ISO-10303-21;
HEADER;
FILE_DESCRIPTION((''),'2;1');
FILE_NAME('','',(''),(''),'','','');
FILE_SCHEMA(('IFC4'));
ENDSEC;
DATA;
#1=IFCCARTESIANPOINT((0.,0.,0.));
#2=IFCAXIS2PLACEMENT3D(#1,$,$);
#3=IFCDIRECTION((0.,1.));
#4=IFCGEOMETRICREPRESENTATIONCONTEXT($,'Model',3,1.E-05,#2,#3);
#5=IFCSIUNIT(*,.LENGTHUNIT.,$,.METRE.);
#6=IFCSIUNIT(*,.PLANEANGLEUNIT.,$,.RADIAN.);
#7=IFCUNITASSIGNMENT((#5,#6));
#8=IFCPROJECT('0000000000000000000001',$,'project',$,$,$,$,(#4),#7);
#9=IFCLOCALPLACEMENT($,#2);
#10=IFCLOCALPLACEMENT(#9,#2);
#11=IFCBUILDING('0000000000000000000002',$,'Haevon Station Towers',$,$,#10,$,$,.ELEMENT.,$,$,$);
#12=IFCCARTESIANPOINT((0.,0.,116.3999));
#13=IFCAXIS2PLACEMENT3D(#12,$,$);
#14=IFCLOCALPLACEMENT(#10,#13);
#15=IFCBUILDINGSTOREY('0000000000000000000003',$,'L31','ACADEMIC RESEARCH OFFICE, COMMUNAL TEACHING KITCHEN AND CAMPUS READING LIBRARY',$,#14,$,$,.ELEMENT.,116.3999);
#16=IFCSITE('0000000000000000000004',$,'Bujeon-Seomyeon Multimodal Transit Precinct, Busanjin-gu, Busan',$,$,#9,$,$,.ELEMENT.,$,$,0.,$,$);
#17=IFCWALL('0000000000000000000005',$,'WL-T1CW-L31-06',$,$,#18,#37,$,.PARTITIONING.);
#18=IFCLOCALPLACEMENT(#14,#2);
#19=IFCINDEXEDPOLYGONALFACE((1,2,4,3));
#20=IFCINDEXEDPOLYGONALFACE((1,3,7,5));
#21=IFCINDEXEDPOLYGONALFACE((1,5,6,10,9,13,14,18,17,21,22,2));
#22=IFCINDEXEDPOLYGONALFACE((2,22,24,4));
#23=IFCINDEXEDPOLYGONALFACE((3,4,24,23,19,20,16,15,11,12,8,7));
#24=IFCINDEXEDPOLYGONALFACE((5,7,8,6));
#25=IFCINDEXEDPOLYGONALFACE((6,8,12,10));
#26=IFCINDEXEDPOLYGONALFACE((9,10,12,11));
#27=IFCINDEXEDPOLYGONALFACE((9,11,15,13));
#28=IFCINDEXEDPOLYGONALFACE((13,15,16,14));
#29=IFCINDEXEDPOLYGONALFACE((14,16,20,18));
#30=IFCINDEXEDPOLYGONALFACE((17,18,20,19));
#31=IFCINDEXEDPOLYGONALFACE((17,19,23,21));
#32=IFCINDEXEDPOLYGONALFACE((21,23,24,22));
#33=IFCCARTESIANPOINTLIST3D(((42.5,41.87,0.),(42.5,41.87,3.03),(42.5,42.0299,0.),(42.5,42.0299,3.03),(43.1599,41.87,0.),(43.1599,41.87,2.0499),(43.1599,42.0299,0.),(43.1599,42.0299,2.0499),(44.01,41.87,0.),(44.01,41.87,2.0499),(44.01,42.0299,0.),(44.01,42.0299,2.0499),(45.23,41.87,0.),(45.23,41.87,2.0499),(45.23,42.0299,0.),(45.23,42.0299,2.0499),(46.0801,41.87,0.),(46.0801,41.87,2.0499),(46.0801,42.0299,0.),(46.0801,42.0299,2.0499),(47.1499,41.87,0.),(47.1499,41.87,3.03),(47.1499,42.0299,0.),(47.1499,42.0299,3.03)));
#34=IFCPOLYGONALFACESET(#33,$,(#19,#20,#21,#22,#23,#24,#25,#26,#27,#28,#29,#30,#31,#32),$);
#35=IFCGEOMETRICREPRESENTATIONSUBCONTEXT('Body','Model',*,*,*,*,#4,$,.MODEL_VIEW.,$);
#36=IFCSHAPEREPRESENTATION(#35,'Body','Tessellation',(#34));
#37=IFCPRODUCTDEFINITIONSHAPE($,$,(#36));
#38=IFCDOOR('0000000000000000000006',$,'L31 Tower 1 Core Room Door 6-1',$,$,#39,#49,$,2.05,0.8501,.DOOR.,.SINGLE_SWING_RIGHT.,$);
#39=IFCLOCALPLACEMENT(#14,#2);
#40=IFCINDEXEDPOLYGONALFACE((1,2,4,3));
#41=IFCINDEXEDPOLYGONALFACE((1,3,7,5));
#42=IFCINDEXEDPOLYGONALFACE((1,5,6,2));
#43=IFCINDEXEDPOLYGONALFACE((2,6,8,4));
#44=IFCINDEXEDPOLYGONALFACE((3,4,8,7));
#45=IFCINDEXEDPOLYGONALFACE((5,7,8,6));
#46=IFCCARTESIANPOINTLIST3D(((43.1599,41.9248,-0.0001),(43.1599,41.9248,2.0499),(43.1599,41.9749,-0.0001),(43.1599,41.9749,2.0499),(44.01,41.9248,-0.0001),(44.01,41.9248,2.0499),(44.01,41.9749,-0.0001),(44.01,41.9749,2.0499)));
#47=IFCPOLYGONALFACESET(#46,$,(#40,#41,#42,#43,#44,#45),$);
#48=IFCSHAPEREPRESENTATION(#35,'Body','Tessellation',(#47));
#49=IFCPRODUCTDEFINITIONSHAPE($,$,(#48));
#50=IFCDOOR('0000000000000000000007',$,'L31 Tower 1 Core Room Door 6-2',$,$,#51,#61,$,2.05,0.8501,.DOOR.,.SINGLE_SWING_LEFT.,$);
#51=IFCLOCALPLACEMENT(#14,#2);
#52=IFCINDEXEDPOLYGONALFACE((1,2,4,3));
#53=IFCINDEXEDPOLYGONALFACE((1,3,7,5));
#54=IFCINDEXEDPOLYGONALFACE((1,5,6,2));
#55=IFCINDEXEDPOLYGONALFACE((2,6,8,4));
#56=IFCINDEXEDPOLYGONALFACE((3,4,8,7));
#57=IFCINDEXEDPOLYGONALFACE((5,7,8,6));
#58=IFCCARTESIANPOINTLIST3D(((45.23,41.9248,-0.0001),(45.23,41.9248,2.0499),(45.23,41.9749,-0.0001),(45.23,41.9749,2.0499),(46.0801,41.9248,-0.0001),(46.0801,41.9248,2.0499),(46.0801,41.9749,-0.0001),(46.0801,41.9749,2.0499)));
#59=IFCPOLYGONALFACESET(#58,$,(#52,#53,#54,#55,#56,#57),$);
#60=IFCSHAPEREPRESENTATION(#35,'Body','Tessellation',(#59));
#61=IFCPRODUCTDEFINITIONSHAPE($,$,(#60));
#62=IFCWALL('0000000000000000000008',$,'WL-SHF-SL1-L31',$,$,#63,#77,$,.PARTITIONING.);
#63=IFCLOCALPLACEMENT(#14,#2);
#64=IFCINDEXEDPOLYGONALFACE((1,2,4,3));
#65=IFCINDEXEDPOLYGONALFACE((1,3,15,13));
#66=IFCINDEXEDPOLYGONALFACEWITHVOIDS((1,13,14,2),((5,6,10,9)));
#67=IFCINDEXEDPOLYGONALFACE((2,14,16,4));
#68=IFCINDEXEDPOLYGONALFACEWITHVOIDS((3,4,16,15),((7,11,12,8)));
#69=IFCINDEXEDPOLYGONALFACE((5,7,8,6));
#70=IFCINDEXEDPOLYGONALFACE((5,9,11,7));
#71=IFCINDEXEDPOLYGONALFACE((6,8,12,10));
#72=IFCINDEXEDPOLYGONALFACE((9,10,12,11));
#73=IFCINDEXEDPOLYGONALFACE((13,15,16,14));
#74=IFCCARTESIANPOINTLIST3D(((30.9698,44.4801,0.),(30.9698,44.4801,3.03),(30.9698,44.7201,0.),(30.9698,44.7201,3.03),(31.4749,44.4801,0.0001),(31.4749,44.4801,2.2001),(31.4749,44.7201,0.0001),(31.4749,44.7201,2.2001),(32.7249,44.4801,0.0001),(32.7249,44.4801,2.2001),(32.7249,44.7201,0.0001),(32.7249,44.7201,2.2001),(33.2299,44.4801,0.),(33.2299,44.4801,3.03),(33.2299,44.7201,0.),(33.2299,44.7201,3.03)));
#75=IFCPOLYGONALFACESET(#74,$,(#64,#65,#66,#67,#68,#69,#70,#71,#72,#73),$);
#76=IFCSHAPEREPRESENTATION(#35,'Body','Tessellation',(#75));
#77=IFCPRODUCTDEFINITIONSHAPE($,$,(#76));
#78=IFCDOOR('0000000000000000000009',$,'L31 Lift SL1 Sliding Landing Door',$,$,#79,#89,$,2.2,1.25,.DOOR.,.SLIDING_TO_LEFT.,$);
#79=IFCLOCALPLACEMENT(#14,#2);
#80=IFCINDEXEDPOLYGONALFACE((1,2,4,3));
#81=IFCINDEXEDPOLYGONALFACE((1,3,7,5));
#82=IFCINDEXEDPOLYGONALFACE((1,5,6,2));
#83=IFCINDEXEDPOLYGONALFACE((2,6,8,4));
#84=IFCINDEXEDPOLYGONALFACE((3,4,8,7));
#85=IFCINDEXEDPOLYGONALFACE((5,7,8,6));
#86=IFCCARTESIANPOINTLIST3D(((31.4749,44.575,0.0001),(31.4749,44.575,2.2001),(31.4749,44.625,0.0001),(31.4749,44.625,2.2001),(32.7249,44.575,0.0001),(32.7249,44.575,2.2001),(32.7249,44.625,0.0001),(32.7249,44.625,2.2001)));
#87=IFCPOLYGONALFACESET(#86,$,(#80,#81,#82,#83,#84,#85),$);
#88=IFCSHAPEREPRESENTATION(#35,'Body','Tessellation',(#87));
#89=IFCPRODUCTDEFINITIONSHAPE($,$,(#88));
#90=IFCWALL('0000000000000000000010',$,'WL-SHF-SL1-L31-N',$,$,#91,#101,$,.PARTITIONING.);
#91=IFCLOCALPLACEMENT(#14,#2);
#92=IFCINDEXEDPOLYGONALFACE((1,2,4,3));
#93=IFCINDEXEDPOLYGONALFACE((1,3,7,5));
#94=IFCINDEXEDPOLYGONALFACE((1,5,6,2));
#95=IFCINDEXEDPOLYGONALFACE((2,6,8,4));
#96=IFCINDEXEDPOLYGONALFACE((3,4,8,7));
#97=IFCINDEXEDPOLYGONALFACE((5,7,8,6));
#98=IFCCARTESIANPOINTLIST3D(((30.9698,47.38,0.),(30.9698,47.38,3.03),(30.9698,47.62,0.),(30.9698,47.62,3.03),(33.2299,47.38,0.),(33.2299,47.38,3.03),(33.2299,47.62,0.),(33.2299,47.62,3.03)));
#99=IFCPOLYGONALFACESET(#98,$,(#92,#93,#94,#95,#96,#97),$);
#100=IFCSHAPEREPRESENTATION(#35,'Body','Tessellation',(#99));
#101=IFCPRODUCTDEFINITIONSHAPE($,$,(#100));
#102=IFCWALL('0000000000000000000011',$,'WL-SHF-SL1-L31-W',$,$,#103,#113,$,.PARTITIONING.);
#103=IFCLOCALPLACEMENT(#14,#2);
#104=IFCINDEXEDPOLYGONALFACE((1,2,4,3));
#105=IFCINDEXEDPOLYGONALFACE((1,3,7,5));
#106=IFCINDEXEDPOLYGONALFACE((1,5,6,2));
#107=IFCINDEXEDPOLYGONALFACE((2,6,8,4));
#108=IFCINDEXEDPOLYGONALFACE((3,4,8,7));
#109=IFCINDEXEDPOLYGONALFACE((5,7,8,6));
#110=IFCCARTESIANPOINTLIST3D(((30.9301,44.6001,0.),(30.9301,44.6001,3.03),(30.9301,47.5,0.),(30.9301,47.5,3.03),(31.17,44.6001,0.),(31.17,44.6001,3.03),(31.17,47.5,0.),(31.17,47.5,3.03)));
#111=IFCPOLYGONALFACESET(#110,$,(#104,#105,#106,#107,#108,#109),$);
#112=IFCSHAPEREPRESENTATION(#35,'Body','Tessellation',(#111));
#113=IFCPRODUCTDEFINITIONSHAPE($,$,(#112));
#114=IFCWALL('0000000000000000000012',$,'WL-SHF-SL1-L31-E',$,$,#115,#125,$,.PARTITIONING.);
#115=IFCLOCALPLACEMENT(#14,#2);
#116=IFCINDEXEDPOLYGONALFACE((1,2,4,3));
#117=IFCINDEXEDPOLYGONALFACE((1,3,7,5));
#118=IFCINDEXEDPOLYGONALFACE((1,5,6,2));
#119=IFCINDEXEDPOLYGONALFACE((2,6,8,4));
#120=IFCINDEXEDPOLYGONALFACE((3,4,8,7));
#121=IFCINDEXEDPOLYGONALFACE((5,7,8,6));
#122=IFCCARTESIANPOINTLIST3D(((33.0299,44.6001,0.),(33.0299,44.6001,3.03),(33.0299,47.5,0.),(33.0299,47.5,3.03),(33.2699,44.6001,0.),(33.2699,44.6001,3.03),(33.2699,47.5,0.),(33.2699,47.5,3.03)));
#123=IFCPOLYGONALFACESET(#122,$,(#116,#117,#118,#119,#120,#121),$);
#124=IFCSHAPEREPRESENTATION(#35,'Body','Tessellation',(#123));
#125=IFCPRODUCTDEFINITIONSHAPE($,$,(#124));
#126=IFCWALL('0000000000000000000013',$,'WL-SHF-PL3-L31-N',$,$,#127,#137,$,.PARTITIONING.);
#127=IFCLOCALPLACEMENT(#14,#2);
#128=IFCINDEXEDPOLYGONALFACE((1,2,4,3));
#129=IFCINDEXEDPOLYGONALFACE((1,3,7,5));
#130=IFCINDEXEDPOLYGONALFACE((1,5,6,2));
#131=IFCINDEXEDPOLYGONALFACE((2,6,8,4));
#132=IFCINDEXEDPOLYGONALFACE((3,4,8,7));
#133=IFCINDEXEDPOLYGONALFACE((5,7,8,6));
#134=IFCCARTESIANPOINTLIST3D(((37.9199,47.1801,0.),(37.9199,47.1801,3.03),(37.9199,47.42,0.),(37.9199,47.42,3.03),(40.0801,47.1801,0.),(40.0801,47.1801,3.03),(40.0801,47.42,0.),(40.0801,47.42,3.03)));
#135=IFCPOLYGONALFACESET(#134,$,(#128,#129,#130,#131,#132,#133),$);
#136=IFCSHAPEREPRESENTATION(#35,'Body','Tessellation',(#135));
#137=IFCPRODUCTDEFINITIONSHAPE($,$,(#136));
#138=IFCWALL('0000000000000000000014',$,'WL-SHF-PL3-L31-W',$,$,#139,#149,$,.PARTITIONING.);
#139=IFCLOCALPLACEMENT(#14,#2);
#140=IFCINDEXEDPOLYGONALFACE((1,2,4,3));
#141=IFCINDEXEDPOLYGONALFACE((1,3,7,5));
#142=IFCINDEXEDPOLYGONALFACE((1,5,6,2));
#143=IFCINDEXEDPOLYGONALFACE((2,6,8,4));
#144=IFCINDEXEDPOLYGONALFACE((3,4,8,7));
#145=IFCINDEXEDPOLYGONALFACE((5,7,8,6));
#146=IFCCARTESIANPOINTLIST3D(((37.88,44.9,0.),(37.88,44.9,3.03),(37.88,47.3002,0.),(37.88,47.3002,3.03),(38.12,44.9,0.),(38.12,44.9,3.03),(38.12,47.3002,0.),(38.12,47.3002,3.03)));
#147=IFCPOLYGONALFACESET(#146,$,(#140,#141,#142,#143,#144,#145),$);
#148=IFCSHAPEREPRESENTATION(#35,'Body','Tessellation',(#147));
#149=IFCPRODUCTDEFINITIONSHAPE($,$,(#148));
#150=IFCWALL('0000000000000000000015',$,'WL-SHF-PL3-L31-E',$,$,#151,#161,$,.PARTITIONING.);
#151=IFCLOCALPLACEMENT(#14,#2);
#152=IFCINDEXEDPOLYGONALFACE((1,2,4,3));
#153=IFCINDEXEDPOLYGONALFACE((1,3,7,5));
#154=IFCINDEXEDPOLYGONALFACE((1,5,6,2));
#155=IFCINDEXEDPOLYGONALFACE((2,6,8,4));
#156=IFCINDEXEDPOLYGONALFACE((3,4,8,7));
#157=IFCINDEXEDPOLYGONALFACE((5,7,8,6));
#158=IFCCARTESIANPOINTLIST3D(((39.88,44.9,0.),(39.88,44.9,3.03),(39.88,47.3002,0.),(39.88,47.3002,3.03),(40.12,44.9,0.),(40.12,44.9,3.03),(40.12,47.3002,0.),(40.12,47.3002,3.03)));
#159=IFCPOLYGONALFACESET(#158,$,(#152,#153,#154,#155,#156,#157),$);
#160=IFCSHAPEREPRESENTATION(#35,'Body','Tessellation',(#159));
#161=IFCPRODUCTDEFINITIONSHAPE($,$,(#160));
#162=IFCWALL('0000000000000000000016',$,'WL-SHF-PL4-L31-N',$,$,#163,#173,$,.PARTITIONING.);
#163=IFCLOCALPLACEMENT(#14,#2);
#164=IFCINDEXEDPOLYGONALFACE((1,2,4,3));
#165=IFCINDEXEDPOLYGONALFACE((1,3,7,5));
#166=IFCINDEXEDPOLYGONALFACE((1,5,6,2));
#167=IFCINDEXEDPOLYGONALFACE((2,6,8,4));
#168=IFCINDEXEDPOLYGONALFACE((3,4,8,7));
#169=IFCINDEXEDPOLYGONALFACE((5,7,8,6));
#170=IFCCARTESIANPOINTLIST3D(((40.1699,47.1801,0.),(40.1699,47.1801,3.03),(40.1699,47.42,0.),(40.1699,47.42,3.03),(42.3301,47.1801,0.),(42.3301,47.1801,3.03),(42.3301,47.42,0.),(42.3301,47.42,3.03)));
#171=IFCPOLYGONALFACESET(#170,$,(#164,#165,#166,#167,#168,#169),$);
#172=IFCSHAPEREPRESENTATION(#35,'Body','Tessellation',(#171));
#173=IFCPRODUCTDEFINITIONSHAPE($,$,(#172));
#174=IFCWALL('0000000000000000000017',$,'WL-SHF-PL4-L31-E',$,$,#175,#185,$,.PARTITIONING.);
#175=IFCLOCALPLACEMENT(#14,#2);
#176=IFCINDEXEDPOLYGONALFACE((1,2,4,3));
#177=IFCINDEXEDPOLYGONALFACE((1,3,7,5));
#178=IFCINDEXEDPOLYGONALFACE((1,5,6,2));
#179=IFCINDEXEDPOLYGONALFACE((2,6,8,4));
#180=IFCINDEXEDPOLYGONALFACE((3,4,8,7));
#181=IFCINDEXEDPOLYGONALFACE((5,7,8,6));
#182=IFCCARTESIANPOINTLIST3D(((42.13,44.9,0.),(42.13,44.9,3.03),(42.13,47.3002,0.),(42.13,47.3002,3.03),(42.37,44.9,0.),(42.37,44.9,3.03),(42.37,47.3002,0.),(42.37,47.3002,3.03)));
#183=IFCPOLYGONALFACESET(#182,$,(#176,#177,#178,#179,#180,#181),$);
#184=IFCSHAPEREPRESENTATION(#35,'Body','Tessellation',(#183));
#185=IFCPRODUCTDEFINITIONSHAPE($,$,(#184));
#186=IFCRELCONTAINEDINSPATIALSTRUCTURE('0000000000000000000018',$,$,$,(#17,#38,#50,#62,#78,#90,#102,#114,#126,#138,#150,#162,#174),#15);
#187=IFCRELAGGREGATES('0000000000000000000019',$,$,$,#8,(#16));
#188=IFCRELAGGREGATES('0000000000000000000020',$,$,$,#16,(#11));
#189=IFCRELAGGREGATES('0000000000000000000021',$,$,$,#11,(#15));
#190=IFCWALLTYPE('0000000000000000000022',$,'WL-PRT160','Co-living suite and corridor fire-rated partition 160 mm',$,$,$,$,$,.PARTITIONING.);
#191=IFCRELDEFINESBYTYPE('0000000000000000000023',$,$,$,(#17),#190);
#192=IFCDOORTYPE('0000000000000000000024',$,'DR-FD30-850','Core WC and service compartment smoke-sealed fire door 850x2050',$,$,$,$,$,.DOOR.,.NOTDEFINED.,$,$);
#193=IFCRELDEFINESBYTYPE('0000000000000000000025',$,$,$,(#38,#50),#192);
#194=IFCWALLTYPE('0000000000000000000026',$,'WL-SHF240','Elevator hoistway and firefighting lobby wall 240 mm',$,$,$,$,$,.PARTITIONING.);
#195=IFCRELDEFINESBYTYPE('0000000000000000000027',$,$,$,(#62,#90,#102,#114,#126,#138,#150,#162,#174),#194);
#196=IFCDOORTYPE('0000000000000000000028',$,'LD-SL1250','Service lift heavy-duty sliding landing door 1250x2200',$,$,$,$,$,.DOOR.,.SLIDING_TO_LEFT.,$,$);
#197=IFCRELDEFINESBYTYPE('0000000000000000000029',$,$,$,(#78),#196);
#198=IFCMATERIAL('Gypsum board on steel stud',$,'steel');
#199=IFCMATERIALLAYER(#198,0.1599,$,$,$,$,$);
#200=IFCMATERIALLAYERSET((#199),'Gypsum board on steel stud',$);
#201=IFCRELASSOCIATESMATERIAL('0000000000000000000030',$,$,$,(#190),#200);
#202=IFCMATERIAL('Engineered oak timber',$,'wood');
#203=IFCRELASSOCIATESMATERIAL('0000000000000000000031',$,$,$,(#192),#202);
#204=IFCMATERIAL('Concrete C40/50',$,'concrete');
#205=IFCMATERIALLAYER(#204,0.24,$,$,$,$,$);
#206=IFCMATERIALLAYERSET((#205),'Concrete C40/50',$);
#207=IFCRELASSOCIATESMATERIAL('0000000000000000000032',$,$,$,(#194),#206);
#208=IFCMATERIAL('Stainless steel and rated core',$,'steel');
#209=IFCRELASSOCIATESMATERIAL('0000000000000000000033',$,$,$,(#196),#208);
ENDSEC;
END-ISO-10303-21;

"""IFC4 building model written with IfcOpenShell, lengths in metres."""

from ifc_helpers import new_model, si_unit, direction, frame, frame_2d, origin, place, context, subcontext, project, spatial, rectangle, extrude, material, layer, layer_set, type_object, element, fill, save


model = new_model("IFC4")

# Units and contexts
model_context = context("Model", 3, precision=1e-05, world=origin(), true_north=direction((0.0, 1.0)))
body_context = subcontext(model_context, "Body", "Model", "MODEL_VIEW")
ifc_project = project(units=[si_unit("LENGTHUNIT", "METRE"), si_unit("PLANEANGLEUNIT", "RADIAN")], contexts=[model_context])

# Site, building, storey
site_placement = place(None, origin())
site = spatial("IfcSite", under=ifc_project, at=site_placement, Name="Bujeon-Seomyeon Multimodal Transit Precinct, Busanjin-gu, Busan", CompositionType="ELEMENT", RefElevation=0.0)
building_placement = place(site_placement, origin())
building = spatial("IfcBuilding", under=site, at=building_placement, Name="Haevon Station Towers", CompositionType="ELEMENT")
storey_placement = place(building_placement, frame((0.0, 0.0, 116.3999)))
storey = spatial("IfcBuildingStorey", under=building, at=storey_placement, Name="L31", Description="ACADEMIC RESEARCH OFFICE, COMMUNAL TEACHING KITCHEN AND CAMPUS READING LIBRARY", CompositionType="ELEMENT", Elevation=116.3999)

# Shared definitions
ifc_material_1 = material(Name="Gypsum board on steel stud", Category="steel")
ifc_layer_1 = layer(ifc_material_1, 0.1599)
ifc_layer_set_1 = layer_set([ifc_layer_1], Name="Gypsum board on steel stud")
wall_type_1 = type_object("IfcWallType", Name="WL-PRT160", Description="Co-living suite and corridor fire-rated partition 160 mm", PredefinedType="PARTITIONING", material=ifc_layer_set_1)
ifc_material_2 = material(Name="Engineered oak timber", Category="wood")

# Wall, openings, doors
wall_1_placement = place(storey_placement, frame((42.5, 41.95, 0.0), z_axis=(0.0, 0.0, 1.0), x_axis=(1.0, 0.0, 0.0)))
wall_1 = element("IfcWall", 1, at=wall_1_placement, inside=storey, type_object=wall_type_1, Name="WL-T1CW-L31-06", PredefinedType="PARTITIONING", context=body_context, shape_type="SweptSolid", body=[
    extrude(rectangle(XDim=4.6499, YDim=0.1599, at=frame_2d((2.325, 0.0))), origin(), (0.0, 0.0, 1.0), 3.03),
])
opening_1_placement = place(wall_1_placement, frame((0.6599, 0.0, 0.0)))
opening_1 = element("IfcOpeningElement", 2, at=opening_1_placement, cuts=wall_1, PredefinedType="OPENING", context=body_context, shape_type="SweptSolid", body=[
    extrude(rectangle(XDim=0.8501, YDim=2.05, at=frame_2d((0.425, 1.0249))), frame((0.0, 0.0898, 0.0), z_axis=(0.0, -1.0, 0.0), x_axis=(1.0, 0.0, 0.0)), (0.0, 0.0, 1.0), 0.1799),
])
opening_2_placement = place(wall_1_placement, frame((2.73, 0.0, 0.0)))
opening_2 = element("IfcOpeningElement", 3, at=opening_2_placement, cuts=wall_1, PredefinedType="OPENING", context=body_context, shape_type="SweptSolid", body=[
    extrude(rectangle(XDim=0.8501, YDim=2.05, at=frame_2d((0.425, 1.0249))), frame((0.0, 0.0898, 0.0), z_axis=(0.0, -1.0, 0.0), x_axis=(1.0, 0.0, 0.0)), (0.0, 0.0, 1.0), 0.1799),
])
door_type_1 = type_object("IfcDoorType", Name="DR-FD30-850", Description="Core WC and service compartment smoke-sealed fire door 850x2050", OperationType="NOTDEFINED", PredefinedType="DOOR", material=ifc_material_2)
door_1_placement = place(opening_1_placement, origin())
door_1 = element("IfcDoor", 4, at=door_1_placement, inside=storey, type_object=door_type_1, Name="L31 Tower 1 Core Room Door 6-1", OperationType="SINGLE_SWING_RIGHT", OverallHeight=2.05, OverallWidth=0.8501, PredefinedType="DOOR", context=body_context, shape_type="SweptSolid", body=[
    extrude(rectangle(XDim=0.8501, YDim=2.05, at=frame_2d((0.425, 1.0249))), frame((0.0, 0.0249, 0.0), z_axis=(0.0, -1.0, 0.0), x_axis=(1.0, 0.0, 0.0)), (0.0, 0.0, 1.0), 0.05),
])
fill(opening_1, door_1)
door_2_placement = place(opening_2_placement, origin())
door_2 = element("IfcDoor", 5, at=door_2_placement, inside=storey, type_object=door_type_1, Name="L31 Tower 1 Core Room Door 6-2", OperationType="SINGLE_SWING_LEFT", OverallHeight=2.05, OverallWidth=0.8501, PredefinedType="DOOR", context=body_context, shape_type="SweptSolid", body=[
    extrude(rectangle(XDim=0.8501, YDim=2.05, at=frame_2d((0.425, 1.0249))), frame((0.0, 0.0249, 0.0), z_axis=(0.0, -1.0, 0.0), x_axis=(1.0, 0.0, 0.0)), (0.0, 0.0, 1.0), 0.05),
])
fill(opening_2, door_2)

# Wall, opening, door
ifc_material_3 = material(Name="Concrete C40/50", Category="concrete")
ifc_layer_2 = layer(ifc_material_3, 0.24)
ifc_layer_set_2 = layer_set([ifc_layer_2], Name="Concrete C40/50")
wall_type_2 = type_object("IfcWallType", Name="WL-SHF240", Description="Elevator hoistway and firefighting lobby wall 240 mm", PredefinedType="PARTITIONING", material=ifc_layer_set_2)
wall_2_placement = place(storey_placement, frame((30.97, 44.6001, 0.0), z_axis=(0.0, 0.0, 1.0), x_axis=(1.0, 0.0, 0.0)))
wall_2 = element("IfcWall", 6, at=wall_2_placement, inside=storey, type_object=wall_type_2, Name="WL-SHF-SL1-L31", PredefinedType="PARTITIONING", context=body_context, shape_type="SweptSolid", body=[
    extrude(rectangle(XDim=2.26, YDim=0.24, at=frame_2d((1.1299, 0.0))), origin(), (0.0, 0.0, 1.0), 3.03),
])
opening_3_placement = place(wall_2_placement, frame((0.5049, 0.0, 0.0)))
opening_3 = element("IfcOpeningElement", 7, at=opening_3_placement, cuts=wall_2, PredefinedType="OPENING", context=body_context, shape_type="SweptSolid", body=[
    extrude(rectangle(XDim=1.25, YDim=2.2, at=frame_2d((0.625, 1.1001))), frame((0.0, 0.1299, 0.0), z_axis=(0.0, -1.0, 0.0), x_axis=(1.0, 0.0, 0.0)), (0.0, 0.0, 1.0), 0.26),
])
ifc_material_4 = material(Name="Stainless steel and rated core", Category="steel")
door_type_2 = type_object("IfcDoorType", Name="LD-SL1250", Description="Service lift heavy-duty sliding landing door 1250x2200", OperationType="SLIDING_TO_LEFT", PredefinedType="DOOR", material=ifc_material_4)
door_3_placement = place(opening_3_placement, origin())
door_3 = element("IfcDoor", 8, at=door_3_placement, inside=storey, type_object=door_type_2, Name="L31 Lift SL1 Sliding Landing Door", OperationType="SLIDING_TO_LEFT", OverallHeight=2.2, OverallWidth=1.25, PredefinedType="DOOR", context=body_context, shape_type="SweptSolid", body=[
    extrude(rectangle(XDim=1.25, YDim=2.2, at=frame_2d((0.625, 1.1001))), frame((0.0, 0.0249, 0.0), z_axis=(0.0, -1.0, 0.0), x_axis=(1.0, 0.0, 0.0)), (0.0, 0.0, 1.0), 0.05),
])
fill(opening_3, door_3)

# Walls
wall_3_placement = place(storey_placement, frame((30.97, 47.5, 0.0), z_axis=(0.0, 0.0, 1.0), x_axis=(1.0, 0.0, 0.0)))
element("IfcWall", 9, at=wall_3_placement, inside=storey, type_object=wall_type_2, Name="WL-SHF-SL1-L31-N", PredefinedType="PARTITIONING", context=body_context, shape_type="SweptSolid", body=[
    extrude(rectangle(XDim=2.26, YDim=0.24, at=frame_2d((1.1299, 0.0))), origin(), (0.0, 0.0, 1.0), 3.03),
])
for number, where, z_axis, x_axis, name in (
    (10, (31.05, 44.6001, 0.0), (0.0, 0.0, 1.0), (0.0, 1.0, 0.0), "WL-SHF-SL1-L31-W"),
    (11, (33.1499, 44.6001, 0.0), (0.0, 0.0, 1.0), (0.0, 1.0, 0.0), "WL-SHF-SL1-L31-E"),
):
    element("IfcWall", number, at=place(storey_placement, frame(where, z_axis=z_axis, x_axis=x_axis)), inside=storey, type_object=wall_type_2, Name=name, PredefinedType="PARTITIONING", context=body_context, shape_type="SweptSolid", body=[
        extrude(rectangle(XDim=2.8999, YDim=0.24, at=frame_2d((1.45, 0.0))), origin(), (0.0, 0.0, 1.0), 3.03),
    ])

# Walls
wall_4_placement = place(storey_placement, frame((37.9199, 47.3, 0.0), z_axis=(0.0, 0.0, 1.0), x_axis=(1.0, 0.0, 0.0)))
element("IfcWall", 12, at=wall_4_placement, inside=storey, type_object=wall_type_2, Name="WL-SHF-PL3-L31-N", PredefinedType="PARTITIONING", context=body_context, shape_type="SweptSolid", body=[
    extrude(rectangle(XDim=2.1602, YDim=0.24, at=frame_2d((1.0801, 0.0))), origin(), (0.0, 0.0, 1.0), 3.03),
])
for number, where, z_axis, x_axis, name in (
    (13, (38.0, 44.8999, 0.0), (0.0, 0.0, 1.0), (0.0, 1.0, 0.0), "WL-SHF-PL3-L31-W"),
    (14, (40.0, 44.8999, 0.0), (0.0, 0.0, 1.0), (0.0, 1.0, 0.0), "WL-SHF-PL3-L31-E"),
):
    element("IfcWall", number, at=place(storey_placement, frame(where, z_axis=z_axis, x_axis=x_axis)), inside=storey, type_object=wall_type_2, Name=name, PredefinedType="PARTITIONING", context=body_context, shape_type="SweptSolid", body=[
        extrude(rectangle(XDim=2.4001, YDim=0.24, at=frame_2d((1.2002, 0.0))), origin(), (0.0, 0.0, 1.0), 3.03),
    ])

# Walls
wall_5_placement = place(storey_placement, frame((40.1699, 47.3, 0.0), z_axis=(0.0, 0.0, 1.0), x_axis=(1.0, 0.0, 0.0)))
element("IfcWall", 15, at=wall_5_placement, inside=storey, type_object=wall_type_2, Name="WL-SHF-PL4-L31-N", PredefinedType="PARTITIONING", context=body_context, shape_type="SweptSolid", body=[
    extrude(rectangle(XDim=2.1602, YDim=0.24, at=frame_2d((1.0801, 0.0))), origin(), (0.0, 0.0, 1.0), 3.03),
])
wall_6_placement = place(storey_placement, frame((42.25, 44.8999, 0.0), z_axis=(0.0, 0.0, 1.0), x_axis=(0.0, 1.0, 0.0)))
element("IfcWall", 16, at=wall_6_placement, inside=storey, type_object=wall_type_2, Name="WL-SHF-PL4-L31-E", PredefinedType="PARTITIONING", context=body_context, shape_type="SweptSolid", body=[
    extrude(rectangle(XDim=2.4001, YDim=0.24, at=frame_2d((1.2002, 0.0))), origin(), (0.0, 0.0, 1.0), 3.03),
])

save(model, "model.ifc")
